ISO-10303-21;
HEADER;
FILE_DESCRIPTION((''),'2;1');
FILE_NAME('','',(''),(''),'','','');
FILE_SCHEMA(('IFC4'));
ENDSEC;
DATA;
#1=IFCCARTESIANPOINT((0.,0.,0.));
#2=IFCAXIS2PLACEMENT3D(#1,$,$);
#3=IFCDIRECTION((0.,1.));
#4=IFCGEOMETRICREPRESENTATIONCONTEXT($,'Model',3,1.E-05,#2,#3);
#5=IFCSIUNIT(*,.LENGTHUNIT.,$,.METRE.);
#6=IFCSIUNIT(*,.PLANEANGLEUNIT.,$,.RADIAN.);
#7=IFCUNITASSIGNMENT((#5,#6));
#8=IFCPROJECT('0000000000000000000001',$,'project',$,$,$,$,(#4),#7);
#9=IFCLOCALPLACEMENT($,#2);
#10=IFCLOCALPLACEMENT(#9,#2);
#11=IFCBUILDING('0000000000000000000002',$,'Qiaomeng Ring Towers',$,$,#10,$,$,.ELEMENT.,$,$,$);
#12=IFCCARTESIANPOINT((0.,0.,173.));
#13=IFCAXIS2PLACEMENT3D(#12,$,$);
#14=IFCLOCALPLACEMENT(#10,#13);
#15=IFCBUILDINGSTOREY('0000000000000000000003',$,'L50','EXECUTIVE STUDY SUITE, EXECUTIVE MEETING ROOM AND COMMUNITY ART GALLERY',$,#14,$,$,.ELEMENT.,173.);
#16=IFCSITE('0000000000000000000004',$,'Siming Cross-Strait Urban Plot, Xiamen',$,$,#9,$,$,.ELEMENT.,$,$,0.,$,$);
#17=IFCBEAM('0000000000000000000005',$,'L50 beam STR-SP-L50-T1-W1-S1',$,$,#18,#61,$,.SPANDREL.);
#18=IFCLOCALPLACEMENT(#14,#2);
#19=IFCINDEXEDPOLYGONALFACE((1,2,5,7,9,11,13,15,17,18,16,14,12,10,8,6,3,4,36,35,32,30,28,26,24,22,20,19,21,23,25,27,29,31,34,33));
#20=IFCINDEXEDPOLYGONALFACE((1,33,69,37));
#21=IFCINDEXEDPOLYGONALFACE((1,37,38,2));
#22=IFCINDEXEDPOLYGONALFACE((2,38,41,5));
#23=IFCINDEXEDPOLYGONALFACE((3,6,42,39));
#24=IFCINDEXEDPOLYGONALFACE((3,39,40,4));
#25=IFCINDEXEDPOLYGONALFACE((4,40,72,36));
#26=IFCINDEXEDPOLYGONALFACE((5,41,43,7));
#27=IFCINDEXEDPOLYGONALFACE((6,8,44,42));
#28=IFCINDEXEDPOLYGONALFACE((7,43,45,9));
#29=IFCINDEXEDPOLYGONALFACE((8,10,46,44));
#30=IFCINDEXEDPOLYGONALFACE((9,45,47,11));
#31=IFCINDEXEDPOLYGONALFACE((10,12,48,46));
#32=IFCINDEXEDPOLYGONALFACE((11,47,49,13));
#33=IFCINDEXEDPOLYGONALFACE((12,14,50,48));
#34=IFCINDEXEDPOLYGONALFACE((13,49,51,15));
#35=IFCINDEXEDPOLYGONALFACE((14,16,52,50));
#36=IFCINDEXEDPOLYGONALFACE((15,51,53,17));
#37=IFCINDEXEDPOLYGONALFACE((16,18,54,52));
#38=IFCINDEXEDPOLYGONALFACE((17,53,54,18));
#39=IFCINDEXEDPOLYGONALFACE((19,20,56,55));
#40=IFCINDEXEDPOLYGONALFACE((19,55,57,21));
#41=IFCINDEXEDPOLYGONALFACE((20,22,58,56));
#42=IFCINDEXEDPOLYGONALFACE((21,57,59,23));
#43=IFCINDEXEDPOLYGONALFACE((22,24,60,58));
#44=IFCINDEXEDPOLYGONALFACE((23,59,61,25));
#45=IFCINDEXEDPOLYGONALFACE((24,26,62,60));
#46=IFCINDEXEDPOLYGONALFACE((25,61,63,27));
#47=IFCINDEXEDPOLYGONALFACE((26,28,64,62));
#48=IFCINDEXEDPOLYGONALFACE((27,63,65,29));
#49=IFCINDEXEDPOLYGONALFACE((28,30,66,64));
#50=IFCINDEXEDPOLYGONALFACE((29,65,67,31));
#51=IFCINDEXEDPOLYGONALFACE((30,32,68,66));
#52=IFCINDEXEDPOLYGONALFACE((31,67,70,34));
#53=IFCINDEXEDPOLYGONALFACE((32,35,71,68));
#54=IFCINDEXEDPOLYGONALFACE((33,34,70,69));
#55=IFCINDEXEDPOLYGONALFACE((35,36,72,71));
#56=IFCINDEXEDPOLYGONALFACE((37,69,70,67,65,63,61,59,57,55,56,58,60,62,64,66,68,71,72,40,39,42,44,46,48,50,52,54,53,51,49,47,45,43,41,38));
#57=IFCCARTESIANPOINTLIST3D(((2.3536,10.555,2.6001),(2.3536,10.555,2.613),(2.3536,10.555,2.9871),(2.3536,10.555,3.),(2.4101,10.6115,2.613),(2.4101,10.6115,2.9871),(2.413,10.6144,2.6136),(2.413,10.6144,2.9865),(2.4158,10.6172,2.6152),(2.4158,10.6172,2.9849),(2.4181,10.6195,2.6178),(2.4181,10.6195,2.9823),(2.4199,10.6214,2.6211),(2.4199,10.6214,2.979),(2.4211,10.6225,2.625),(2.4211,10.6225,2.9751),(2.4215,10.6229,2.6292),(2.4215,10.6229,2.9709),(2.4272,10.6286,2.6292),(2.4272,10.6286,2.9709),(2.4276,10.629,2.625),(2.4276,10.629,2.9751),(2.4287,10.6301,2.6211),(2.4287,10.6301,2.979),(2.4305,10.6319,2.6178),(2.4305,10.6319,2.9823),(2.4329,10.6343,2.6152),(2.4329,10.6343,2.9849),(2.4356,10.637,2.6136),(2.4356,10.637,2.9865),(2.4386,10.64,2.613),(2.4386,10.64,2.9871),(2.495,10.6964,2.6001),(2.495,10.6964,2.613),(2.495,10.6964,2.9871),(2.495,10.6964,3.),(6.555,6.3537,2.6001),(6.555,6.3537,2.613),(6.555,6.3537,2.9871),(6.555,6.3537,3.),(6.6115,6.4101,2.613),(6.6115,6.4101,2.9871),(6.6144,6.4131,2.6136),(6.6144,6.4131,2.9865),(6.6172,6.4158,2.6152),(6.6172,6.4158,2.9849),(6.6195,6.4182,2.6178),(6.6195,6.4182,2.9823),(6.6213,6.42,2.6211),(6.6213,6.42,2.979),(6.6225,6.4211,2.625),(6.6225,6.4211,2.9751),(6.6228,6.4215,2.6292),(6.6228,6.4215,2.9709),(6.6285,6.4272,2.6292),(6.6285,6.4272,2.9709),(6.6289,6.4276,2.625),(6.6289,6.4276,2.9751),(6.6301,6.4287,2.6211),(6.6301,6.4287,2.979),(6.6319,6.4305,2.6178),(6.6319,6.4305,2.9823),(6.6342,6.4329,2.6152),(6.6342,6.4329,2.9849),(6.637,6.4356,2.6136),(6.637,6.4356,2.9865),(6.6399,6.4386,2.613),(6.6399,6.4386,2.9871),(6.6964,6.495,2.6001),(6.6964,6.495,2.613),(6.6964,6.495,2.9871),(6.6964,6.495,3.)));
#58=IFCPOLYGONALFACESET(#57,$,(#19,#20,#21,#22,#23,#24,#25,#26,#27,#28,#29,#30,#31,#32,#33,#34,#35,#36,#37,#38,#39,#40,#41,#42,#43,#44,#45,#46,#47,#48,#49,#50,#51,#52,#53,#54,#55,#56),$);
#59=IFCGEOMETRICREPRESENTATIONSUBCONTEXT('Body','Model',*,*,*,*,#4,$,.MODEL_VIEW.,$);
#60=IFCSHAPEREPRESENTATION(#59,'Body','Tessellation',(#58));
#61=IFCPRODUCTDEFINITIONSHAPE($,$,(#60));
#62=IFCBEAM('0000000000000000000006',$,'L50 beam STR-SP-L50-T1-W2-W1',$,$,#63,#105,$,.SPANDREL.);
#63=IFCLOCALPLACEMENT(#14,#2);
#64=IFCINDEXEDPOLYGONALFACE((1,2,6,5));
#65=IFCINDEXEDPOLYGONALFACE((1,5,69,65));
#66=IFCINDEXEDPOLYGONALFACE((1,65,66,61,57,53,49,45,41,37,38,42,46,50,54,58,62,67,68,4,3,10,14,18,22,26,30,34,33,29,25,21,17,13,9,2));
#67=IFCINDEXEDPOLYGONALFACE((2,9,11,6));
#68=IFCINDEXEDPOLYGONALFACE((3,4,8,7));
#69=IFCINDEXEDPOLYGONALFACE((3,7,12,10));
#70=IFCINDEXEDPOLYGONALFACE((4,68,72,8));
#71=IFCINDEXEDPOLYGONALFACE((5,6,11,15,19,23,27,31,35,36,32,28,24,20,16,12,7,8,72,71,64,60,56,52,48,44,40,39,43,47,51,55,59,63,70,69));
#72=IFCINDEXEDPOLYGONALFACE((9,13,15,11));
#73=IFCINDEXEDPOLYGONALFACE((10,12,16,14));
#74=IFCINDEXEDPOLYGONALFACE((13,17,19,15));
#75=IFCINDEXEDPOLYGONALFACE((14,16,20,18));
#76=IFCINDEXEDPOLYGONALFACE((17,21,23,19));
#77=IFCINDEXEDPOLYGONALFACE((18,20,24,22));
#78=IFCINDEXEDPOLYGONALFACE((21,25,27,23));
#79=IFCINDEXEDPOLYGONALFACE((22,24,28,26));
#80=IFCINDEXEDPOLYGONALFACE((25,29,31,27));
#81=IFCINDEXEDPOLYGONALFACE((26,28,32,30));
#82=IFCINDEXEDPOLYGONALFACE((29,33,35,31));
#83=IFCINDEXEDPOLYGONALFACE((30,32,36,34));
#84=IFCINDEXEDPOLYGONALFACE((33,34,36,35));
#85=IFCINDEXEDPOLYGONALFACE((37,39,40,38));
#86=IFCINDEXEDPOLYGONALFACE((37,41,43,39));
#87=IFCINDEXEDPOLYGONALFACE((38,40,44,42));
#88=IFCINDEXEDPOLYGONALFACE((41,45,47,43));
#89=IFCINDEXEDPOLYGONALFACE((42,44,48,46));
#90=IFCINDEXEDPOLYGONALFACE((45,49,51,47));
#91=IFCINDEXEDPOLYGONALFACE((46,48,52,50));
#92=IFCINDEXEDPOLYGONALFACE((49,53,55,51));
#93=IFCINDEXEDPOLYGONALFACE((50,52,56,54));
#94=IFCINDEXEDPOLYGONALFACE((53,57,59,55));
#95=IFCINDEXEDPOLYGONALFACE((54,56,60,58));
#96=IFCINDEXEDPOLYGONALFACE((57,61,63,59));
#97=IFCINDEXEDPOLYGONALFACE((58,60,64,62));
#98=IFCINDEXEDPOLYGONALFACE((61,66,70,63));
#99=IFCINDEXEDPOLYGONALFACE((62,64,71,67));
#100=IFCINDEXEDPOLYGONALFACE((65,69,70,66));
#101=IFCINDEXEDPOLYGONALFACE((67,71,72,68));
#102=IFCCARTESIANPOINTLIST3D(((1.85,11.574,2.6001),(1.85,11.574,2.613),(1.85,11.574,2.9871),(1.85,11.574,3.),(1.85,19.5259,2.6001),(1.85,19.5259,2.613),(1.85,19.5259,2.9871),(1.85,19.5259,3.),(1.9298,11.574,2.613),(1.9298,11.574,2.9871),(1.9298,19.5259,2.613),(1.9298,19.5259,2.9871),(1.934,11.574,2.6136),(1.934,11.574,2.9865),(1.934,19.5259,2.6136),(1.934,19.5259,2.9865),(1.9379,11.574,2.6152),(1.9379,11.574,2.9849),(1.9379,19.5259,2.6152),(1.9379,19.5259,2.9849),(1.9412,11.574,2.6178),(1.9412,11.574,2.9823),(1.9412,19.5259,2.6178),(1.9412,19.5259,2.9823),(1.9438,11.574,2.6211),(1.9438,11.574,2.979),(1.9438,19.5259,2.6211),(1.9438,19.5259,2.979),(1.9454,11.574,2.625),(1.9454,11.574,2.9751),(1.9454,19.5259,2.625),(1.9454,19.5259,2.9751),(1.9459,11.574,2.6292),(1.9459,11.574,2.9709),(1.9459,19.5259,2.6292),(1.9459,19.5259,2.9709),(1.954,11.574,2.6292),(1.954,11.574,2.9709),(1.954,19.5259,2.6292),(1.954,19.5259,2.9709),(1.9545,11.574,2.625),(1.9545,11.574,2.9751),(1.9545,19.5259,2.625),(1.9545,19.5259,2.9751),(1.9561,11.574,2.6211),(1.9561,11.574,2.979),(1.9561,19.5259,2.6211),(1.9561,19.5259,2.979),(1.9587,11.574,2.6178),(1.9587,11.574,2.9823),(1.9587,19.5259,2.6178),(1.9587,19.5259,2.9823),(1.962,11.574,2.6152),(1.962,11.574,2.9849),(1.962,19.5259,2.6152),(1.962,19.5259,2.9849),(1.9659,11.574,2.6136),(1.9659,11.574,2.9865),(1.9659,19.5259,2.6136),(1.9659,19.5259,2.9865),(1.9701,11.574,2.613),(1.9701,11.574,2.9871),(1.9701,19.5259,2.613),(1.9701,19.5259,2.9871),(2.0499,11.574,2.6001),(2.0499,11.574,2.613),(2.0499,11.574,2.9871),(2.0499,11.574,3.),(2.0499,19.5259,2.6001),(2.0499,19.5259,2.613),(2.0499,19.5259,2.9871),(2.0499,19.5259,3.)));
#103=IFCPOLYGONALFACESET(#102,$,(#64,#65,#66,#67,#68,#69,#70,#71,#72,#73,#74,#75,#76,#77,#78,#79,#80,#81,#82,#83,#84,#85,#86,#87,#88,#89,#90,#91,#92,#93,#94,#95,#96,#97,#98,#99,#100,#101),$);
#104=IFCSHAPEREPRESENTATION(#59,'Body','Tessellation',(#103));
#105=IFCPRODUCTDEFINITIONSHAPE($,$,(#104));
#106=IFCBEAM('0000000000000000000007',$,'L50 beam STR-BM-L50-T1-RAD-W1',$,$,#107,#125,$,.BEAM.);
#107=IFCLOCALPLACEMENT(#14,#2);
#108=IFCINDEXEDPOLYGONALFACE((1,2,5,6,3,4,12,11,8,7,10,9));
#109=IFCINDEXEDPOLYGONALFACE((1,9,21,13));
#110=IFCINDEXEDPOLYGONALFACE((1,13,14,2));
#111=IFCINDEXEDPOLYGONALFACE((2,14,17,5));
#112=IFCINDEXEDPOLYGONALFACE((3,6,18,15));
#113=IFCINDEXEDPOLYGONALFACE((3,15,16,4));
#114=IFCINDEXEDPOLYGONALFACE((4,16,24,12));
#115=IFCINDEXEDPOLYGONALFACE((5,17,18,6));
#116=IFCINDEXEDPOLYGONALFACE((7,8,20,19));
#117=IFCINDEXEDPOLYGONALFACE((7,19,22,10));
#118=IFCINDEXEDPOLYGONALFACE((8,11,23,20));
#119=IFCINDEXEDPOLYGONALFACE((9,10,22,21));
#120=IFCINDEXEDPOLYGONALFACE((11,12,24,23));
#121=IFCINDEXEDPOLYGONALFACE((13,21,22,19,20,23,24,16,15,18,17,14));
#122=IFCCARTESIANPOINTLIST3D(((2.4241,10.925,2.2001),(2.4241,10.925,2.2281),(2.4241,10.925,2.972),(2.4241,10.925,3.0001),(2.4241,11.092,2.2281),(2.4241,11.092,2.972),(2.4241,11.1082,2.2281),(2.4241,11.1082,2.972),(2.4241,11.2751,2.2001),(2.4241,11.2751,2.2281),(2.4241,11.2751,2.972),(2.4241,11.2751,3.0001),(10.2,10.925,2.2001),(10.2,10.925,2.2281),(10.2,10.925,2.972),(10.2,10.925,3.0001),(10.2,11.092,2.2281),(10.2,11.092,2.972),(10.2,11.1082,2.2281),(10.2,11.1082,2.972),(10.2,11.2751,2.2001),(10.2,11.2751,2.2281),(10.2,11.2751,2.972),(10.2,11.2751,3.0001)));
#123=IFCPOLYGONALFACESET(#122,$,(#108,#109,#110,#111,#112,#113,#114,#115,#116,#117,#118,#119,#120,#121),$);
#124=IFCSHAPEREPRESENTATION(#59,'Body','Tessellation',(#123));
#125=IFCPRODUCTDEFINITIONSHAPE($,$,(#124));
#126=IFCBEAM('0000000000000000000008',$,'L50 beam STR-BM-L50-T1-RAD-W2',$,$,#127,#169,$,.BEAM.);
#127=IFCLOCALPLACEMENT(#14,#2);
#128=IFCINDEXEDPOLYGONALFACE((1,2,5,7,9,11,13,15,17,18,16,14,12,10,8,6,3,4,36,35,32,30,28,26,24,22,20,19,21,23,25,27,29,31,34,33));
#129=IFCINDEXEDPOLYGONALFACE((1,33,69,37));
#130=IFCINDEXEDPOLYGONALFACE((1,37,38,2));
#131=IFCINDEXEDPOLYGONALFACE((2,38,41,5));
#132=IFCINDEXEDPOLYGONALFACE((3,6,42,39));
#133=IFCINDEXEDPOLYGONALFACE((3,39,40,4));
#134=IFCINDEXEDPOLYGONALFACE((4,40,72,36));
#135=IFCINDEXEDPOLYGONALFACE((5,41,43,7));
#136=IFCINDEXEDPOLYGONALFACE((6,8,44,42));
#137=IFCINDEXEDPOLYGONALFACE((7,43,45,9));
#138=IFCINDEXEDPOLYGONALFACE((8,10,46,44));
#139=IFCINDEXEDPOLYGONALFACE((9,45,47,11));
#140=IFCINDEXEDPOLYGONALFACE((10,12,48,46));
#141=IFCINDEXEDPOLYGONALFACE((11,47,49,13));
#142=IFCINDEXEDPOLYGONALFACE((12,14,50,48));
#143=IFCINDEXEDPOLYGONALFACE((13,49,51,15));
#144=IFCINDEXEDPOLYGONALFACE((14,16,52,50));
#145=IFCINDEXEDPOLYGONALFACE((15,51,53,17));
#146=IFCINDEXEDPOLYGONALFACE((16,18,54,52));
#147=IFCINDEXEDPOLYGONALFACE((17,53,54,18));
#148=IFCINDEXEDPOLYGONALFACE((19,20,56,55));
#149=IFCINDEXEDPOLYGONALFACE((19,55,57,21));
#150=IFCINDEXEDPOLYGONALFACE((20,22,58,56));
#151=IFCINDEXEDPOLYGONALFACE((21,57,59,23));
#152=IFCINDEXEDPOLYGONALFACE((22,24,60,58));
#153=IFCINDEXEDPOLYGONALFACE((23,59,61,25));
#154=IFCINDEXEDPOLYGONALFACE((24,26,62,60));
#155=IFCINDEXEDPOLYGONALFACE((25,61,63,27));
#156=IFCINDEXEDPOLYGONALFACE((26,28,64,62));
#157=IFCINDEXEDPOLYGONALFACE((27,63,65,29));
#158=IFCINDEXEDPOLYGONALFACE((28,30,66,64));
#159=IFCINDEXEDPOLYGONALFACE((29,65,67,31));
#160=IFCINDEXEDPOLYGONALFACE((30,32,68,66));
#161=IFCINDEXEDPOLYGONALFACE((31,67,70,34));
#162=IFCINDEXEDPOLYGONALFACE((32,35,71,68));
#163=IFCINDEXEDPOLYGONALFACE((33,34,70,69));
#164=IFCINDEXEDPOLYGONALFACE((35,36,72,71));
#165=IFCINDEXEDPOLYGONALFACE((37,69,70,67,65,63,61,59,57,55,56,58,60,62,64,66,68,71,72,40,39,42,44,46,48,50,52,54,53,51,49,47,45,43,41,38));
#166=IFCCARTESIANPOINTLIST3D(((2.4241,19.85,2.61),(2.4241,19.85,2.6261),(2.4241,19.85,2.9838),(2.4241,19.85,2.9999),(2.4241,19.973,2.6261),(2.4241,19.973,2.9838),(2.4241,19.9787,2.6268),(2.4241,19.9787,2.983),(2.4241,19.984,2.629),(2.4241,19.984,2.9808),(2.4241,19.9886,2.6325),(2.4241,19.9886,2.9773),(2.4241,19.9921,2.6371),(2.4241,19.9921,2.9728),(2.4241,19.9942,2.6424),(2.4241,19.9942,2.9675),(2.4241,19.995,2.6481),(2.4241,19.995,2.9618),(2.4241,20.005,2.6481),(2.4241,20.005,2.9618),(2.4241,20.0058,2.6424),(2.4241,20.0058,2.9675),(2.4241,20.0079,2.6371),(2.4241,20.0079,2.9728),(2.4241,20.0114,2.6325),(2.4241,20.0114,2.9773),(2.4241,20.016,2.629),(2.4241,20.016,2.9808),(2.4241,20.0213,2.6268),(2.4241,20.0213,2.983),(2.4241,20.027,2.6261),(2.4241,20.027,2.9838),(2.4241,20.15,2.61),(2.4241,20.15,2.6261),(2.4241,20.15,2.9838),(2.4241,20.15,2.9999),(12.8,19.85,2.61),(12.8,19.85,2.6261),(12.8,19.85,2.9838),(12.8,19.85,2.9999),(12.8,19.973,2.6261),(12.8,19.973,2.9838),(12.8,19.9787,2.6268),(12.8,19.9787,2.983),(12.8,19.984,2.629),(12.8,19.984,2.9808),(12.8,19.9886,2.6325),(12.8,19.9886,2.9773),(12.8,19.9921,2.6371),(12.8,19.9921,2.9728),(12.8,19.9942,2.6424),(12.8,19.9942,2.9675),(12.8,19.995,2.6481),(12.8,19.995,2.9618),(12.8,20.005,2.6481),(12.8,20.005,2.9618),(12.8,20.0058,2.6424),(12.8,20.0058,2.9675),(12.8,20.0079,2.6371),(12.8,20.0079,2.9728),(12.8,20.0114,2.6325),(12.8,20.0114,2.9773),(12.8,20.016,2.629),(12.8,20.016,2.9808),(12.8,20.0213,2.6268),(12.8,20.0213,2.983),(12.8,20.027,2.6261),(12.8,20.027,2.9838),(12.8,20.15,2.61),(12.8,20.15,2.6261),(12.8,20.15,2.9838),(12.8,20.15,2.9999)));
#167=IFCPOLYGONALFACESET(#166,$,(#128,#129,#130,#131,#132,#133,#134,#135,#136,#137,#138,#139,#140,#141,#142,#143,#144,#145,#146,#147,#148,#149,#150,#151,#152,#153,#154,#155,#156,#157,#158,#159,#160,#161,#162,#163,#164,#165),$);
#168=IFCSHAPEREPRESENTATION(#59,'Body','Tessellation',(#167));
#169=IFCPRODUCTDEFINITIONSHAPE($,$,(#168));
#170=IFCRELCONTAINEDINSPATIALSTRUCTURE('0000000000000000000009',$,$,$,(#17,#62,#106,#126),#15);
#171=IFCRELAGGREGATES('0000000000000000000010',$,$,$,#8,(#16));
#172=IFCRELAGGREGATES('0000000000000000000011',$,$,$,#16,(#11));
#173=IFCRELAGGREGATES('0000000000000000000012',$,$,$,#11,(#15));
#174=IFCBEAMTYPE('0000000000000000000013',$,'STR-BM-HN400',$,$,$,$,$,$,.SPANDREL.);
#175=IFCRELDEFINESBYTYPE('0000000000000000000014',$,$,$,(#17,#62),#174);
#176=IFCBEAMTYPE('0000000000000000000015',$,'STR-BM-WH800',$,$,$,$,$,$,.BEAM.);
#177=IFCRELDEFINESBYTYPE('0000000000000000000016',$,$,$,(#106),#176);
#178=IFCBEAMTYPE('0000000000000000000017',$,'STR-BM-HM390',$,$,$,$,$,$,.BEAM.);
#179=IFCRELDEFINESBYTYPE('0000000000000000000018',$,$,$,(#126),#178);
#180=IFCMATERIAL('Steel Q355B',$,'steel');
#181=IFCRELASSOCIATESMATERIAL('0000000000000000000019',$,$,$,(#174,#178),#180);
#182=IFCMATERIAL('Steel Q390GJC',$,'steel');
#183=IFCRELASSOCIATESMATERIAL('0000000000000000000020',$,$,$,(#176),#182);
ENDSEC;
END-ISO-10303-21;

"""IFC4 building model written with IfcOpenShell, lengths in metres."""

from ifc_helpers import new_model, si_unit, direction, frame, origin, origin_2d, place, context, subcontext, project, spatial, i_section, extrude, source, transform, mapped, material, material_profile, profile_set, type_object, element, save


model = new_model("IFC4")

# Units and contexts
model_context = context("Model", 3, precision=1e-05, world=origin(), true_north=direction((0.0, 1.0)))
body_context = subcontext(model_context, "Body", "Model", "MODEL_VIEW")
ifc_project = project(units=[si_unit("LENGTHUNIT", "METRE"), si_unit("PLANEANGLEUNIT", "RADIAN")], contexts=[model_context])

# Site, building, storey
site_placement = place(None, origin())
site = spatial("IfcSite", under=ifc_project, at=site_placement, Name="Siming Cross-Strait Urban Plot, Xiamen", CompositionType="ELEMENT", RefElevation=0.0)
building_placement = place(site_placement, origin())
building = spatial("IfcBuilding", under=site, at=building_placement, Name="Qiaomeng Ring Towers", CompositionType="ELEMENT")
storey_placement = place(building_placement, frame((0.0, 0.0, 173.0)))
storey = spatial("IfcBuildingStorey", under=building, at=storey_placement, Name="L50", Description="EXECUTIVE STUDY SUITE, EXECUTIVE MEETING ROOM AND COMMUNITY ART GALLERY", CompositionType="ELEMENT", Elevation=173.0)

# Beams
ifc_material_1 = material(Name="Steel Q355B", Category="steel")
ifc_material_profile_1 = material_profile(ifc_material_1, i_section(OverallWidth=0.2, OverallDepth=0.3999, WebThickness=0.0081, FlangeThickness=0.0129, FilletRadius=0.0161, at=origin_2d()), Name="HN 400x200x8x13")
ifc_profile_set_1 = profile_set([ifc_material_profile_1], Name="Steel Q355B")
beam_type_1 = type_object("IfcBeamType", Name="STR-BM-HN400", PredefinedType="SPANDREL", material=ifc_profile_set_1)
shared_shape_1 = source(origin(), body_context, "Body", "SweptSolid", [
    extrude(i_section(OverallWidth=0.2, OverallDepth=0.3999, WebThickness=0.0081, FlangeThickness=0.0129, FilletRadius=0.0161, at=origin_2d()), origin(), (0.0, 0.0, 1.0), 5.9417),
])
beam_1_placement = place(storey_placement, frame((2.4243, 10.6257, 2.8), z_axis=(0.707107, -0.707107, 0.0), x_axis=(0.707107, 0.707107, 0.0)))
element("IfcBeam", 1, at=beam_1_placement, inside=storey, type_object=beam_type_1, Name="L50 beam STR-SP-L50-T1-W1-S1", PredefinedType="SPANDREL", context=body_context, shape_type="MappedRepresentation", body=[
    mapped(shared_shape_1, transform((0.0, 0.0, 0.0), x_axis=(1.0, 0.0, 0.0), y_axis=(0.0, 1.0, 0.0), z_axis=(0.0, 0.0, 1.0), scale=1.0)),
])
shared_shape_2 = source(origin(), body_context, "Body", "SweptSolid", [
    extrude(i_section(OverallWidth=0.2, OverallDepth=0.3999, WebThickness=0.0081, FlangeThickness=0.0129, FilletRadius=0.0161, at=origin_2d()), origin(), (0.0, 0.0, 1.0), 7.9519),
])
beam_2_placement = place(storey_placement, frame((1.95, 19.5259, 2.8), z_axis=(0.0, -1.0, 0.0), x_axis=(1.0, 0.0, 0.0)))
element("IfcBeam", 2, at=beam_2_placement, inside=storey, type_object=beam_type_1, Name="L50 beam STR-SP-L50-T1-W2-W1", PredefinedType="SPANDREL", context=body_context, shape_type="MappedRepresentation", body=[
    mapped(shared_shape_2, transform((0.0, 0.0, 0.0), x_axis=(1.0, 0.0, 0.0), y_axis=(0.0, 1.0, 0.0), z_axis=(0.0, 0.0, 1.0), scale=1.0)),
])
ifc_material_2 = material(Name="Steel Q390GJC", Category="steel")
ifc_material_profile_2 = material_profile(ifc_material_2, i_section(OverallWidth=0.3501, OverallDepth=0.8, WebThickness=0.0161, FlangeThickness=0.0281, at=origin_2d()), Name="WH 800x350x16x28")
ifc_profile_set_2 = profile_set([ifc_material_profile_2], Name="Steel Q390GJC")
beam_type_2 = type_object("IfcBeamType", Name="STR-BM-WH800", PredefinedType="BEAM", material=ifc_profile_set_2)
shared_shape_3 = source(origin(), body_context, "Body", "SweptSolid", [
    extrude(i_section(OverallWidth=0.3501, OverallDepth=0.8, WebThickness=0.0161, FlangeThickness=0.0281, at=origin_2d()), origin(), (0.0, 0.0, 1.0), 7.7759),
])
beam_3_placement = place(storey_placement, frame((2.4241, 11.1001, 2.6001), z_axis=(1.0, 0.0, 0.0), x_axis=(0.0, 1.0, 0.0)))
element("IfcBeam", 3, at=beam_3_placement, inside=storey, type_object=beam_type_2, Name="L50 beam STR-BM-L50-T1-RAD-W1", PredefinedType="BEAM", context=body_context, shape_type="MappedRepresentation", body=[
    mapped(shared_shape_3, transform((0.0, 0.0, 0.0), x_axis=(1.0, 0.0, 0.0), y_axis=(0.0, 1.0, 0.0), z_axis=(0.0, 0.0, 1.0), scale=1.0)),
])
ifc_material_profile_3 = material_profile(ifc_material_1, i_section(OverallWidth=0.3, OverallDepth=0.3899, WebThickness=0.01, FlangeThickness=0.0161, FilletRadius=0.022, at=origin_2d()), Name="HM 390x300x10x16")
ifc_profile_set_3 = profile_set([ifc_material_profile_3], Name="Steel Q355B")
beam_type_3 = type_object("IfcBeamType", Name="STR-BM-HM390", PredefinedType="BEAM", material=ifc_profile_set_3)
shared_shape_4 = source(origin(), body_context, "Body", "SweptSolid", [
    extrude(i_section(OverallWidth=0.3, OverallDepth=0.3899, WebThickness=0.01, FlangeThickness=0.0161, FilletRadius=0.022, at=origin_2d()), origin(), (0.0, 0.0, 1.0), 10.376),
])
beam_4_placement = place(storey_placement, frame((2.4241, 20.0, 2.8049), z_axis=(1.0, 0.0, 0.0), x_axis=(0.0, 1.0, 0.0)))
element("IfcBeam", 4, at=beam_4_placement, inside=storey, type_object=beam_type_3, Name="L50 beam STR-BM-L50-T1-RAD-W2", PredefinedType="BEAM", context=body_context, shape_type="MappedRepresentation", body=[
    mapped(shared_shape_4, transform((0.0, 0.0, 0.0), x_axis=(1.0, 0.0, 0.0), y_axis=(0.0, 1.0, 0.0), z_axis=(0.0, 0.0, 1.0), scale=1.0)),
])

save(model, "model.ifc")
